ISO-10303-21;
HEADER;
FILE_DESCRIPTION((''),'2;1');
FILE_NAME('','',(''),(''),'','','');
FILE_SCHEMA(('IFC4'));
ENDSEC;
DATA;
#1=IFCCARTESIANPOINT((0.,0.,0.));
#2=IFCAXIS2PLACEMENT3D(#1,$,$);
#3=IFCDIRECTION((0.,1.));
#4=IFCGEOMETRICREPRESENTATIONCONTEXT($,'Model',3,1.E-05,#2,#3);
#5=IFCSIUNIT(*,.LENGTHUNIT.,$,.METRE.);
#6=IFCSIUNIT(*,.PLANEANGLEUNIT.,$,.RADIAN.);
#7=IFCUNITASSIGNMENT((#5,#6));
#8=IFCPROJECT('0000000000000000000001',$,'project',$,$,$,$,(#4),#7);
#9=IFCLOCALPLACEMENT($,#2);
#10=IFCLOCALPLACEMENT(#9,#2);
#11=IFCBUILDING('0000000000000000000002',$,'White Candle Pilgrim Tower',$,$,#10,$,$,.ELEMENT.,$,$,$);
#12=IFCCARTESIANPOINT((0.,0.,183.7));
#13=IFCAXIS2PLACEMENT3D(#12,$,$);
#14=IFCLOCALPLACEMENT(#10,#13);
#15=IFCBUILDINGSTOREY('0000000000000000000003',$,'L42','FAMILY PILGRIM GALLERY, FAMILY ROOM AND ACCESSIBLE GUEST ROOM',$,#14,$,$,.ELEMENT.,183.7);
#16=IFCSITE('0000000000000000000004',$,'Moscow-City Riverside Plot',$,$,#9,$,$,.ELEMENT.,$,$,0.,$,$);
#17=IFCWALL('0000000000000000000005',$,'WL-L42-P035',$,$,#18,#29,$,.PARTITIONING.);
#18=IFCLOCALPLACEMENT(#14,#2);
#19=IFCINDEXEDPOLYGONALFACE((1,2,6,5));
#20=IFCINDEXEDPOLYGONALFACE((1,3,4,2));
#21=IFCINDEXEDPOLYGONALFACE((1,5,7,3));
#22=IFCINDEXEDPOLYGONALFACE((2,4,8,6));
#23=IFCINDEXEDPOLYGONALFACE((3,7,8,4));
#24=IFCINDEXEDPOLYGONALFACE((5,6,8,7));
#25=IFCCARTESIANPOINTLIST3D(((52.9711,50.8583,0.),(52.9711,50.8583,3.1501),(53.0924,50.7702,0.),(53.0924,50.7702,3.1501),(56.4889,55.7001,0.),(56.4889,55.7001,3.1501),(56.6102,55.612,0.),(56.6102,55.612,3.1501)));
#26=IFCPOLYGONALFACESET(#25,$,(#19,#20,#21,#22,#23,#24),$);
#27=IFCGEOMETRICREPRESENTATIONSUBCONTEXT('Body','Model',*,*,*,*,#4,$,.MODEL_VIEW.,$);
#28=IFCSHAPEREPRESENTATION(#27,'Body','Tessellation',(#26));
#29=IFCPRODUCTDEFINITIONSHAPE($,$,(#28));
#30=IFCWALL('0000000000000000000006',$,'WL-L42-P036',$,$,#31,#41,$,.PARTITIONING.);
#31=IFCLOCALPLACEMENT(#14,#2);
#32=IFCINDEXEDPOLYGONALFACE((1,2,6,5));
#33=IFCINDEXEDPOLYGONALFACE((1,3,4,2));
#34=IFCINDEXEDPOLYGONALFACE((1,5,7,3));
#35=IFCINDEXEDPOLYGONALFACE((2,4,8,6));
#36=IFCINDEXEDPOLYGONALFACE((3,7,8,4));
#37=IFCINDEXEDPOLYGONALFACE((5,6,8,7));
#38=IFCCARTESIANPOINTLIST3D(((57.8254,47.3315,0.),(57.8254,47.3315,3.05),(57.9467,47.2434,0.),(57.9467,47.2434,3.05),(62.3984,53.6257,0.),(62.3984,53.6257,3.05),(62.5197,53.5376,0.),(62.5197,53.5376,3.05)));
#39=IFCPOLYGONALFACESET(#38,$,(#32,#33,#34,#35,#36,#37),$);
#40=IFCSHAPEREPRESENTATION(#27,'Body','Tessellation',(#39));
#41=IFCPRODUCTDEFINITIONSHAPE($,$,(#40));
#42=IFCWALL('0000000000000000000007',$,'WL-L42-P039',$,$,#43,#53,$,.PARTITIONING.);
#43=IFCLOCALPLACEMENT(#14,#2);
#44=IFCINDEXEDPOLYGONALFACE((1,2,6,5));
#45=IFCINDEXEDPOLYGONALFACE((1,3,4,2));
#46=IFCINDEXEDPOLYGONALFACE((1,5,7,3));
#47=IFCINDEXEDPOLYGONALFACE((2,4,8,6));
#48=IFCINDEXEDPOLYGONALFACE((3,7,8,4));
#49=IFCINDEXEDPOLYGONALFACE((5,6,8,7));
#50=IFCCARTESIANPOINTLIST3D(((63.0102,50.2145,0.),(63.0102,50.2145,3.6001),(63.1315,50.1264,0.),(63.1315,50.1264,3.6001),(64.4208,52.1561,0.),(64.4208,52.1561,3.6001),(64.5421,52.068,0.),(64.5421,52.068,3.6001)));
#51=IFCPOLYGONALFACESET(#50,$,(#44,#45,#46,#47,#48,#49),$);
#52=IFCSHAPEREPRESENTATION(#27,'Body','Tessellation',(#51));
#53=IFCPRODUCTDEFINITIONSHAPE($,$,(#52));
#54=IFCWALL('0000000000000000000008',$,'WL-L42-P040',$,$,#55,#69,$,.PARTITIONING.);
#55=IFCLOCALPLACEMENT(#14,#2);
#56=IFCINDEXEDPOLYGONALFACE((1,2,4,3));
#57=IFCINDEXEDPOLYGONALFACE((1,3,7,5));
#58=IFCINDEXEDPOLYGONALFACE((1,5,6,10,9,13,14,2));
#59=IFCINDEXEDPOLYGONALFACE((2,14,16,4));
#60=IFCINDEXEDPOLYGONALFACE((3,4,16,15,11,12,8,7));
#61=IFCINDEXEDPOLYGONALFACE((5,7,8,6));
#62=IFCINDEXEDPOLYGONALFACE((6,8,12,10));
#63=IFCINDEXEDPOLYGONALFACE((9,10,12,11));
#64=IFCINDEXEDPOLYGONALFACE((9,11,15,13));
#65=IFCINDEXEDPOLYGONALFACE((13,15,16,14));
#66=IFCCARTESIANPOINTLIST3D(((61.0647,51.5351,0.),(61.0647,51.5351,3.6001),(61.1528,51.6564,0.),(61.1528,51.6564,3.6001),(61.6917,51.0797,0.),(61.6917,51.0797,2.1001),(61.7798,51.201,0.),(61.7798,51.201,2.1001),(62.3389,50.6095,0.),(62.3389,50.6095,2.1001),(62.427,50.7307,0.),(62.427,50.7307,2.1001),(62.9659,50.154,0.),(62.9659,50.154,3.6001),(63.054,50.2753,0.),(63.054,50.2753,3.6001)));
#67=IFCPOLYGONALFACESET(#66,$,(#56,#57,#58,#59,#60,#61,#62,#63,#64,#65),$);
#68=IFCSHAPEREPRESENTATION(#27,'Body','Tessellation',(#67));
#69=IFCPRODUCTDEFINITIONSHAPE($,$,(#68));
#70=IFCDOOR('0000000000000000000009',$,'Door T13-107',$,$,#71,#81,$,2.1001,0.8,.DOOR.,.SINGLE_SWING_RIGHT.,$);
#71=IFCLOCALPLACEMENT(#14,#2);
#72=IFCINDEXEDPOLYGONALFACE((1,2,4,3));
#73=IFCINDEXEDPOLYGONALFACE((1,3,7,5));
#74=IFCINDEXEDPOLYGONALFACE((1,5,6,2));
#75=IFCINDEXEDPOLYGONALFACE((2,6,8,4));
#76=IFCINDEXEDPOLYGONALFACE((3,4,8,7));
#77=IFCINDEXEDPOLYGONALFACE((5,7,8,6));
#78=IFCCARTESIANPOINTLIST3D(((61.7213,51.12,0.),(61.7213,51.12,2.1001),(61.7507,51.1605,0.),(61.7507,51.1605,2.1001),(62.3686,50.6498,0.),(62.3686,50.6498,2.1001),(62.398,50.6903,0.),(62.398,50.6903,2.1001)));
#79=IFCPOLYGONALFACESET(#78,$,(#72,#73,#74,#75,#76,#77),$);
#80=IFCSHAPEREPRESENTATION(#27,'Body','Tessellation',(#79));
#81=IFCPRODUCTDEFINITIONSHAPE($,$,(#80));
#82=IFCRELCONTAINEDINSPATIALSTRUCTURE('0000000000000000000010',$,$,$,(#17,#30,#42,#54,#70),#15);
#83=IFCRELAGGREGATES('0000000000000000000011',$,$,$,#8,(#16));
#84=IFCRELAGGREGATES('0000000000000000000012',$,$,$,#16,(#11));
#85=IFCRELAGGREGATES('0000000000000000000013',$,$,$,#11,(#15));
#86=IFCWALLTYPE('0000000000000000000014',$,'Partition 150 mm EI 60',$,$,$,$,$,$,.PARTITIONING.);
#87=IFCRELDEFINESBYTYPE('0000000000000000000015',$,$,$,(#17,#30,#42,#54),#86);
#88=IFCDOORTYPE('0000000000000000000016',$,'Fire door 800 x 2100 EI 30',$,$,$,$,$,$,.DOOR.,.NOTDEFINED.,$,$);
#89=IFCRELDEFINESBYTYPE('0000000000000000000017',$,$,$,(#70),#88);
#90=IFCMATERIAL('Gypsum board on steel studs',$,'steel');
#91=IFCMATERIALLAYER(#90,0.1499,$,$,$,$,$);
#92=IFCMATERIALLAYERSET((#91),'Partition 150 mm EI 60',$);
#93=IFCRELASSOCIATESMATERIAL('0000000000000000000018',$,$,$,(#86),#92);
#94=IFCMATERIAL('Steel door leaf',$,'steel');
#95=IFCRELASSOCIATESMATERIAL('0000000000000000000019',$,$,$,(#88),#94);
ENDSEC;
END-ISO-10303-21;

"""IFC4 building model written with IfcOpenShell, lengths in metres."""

from ifc_helpers import new_model, si_unit, direction, frame, frame_2d, origin, place, context, subcontext, project, spatial, rectangle, extrude, material, layer, layer_set, type_object, element, fill, save


model = new_model("IFC4")

# Units and contexts
model_context = context("Model", 3, precision=1e-05, world=origin(), true_north=direction((0.0, 1.0)))
body_context = subcontext(model_context, "Body", "Model", "MODEL_VIEW")
ifc_project = project(units=[si_unit("LENGTHUNIT", "METRE"), si_unit("PLANEANGLEUNIT", "RADIAN")], contexts=[model_context])

# Site, building, storey
site_placement = place(None, origin())
site = spatial("IfcSite", under=ifc_project, at=site_placement, Name="Moscow-City Riverside Plot", CompositionType="ELEMENT", RefElevation=0.0)
building_placement = place(site_placement, origin())
building = spatial("IfcBuilding", under=site, at=building_placement, Name="White Candle Pilgrim Tower", CompositionType="ELEMENT")
storey_placement = place(building_placement, frame((0.0, 0.0, 183.7)))
storey = spatial("IfcBuildingStorey", under=building, at=storey_placement, Name="L42", Description="FAMILY PILGRIM GALLERY, FAMILY ROOM AND ACCESSIBLE GUEST ROOM", CompositionType="ELEMENT", Elevation=183.7)

# Walls
ifc_material_1 = material(Name="Gypsum board on steel studs", Category="steel")
ifc_layer_1 = layer(ifc_material_1, 0.1499)
ifc_layer_set_1 = layer_set([ifc_layer_1], Name="Partition 150 mm EI 60")
wall_type_1 = type_object("IfcWallType", Name="Partition 150 mm EI 60", PredefinedType="PARTITIONING", material=ifc_layer_set_1)
wall_1_placement = place(storey_placement, frame((53.0317, 50.8142, 0.0), z_axis=(0.0, 0.0, 1.0), x_axis=(0.587791, 0.809013, 0.0)))
element("IfcWall", 1, at=wall_1_placement, inside=storey, type_object=wall_type_1, Name="WL-L42-P035", PredefinedType="PARTITIONING", context=body_context, shape_type="SweptSolid", body=[
    extrude(rectangle(XDim=5.9849, YDim=0.1499, at=frame_2d((2.9924, 0.0))), origin(), (0.0, 0.0, 1.0), 3.1501),
])
wall_2_placement = place(storey_placement, frame((57.886, 47.2874, 0.0), z_axis=(0.0, 0.0, 1.0), x_axis=(0.587785, 0.809017, 0.0)))
element("IfcWall", 2, at=wall_2_placement, inside=storey, type_object=wall_type_1, Name="WL-L42-P036", PredefinedType="PARTITIONING", context=body_context, shape_type="SweptSolid", body=[
    extrude(rectangle(XDim=7.78, YDim=0.1499, at=frame_2d((3.8901, 0.0))), origin(), (0.0, 0.0, 1.0), 3.05),
])
wall_3_placement = place(storey_placement, frame((64.4814, 52.1121, 0.0), z_axis=(0.0, 0.0, 1.0), x_axis=(-0.587772, -0.809026, 0.0)))
element("IfcWall", 3, at=wall_3_placement, inside=storey, type_object=wall_type_1, Name="WL-L42-P039", PredefinedType="PARTITIONING", context=body_context, shape_type="SweptSolid", body=[
    extrude(rectangle(XDim=2.3999, YDim=0.1499, at=frame_2d((1.2, 0.0))), origin(), (0.0, 0.0, 1.0), 3.6001),
])

# Wall, opening, door
wall_4_placement = place(storey_placement, frame((61.1089, 51.5957, 0.0), z_axis=(0.0, 0.0, 1.0), x_axis=(0.809046, -0.587745, 0.0)))
wall_4 = element("IfcWall", 4, at=wall_4_placement, inside=storey, type_object=wall_type_1, Name="WL-L42-P040", PredefinedType="PARTITIONING", context=body_context, shape_type="SweptSolid", body=[
    extrude(rectangle(XDim=2.3499, YDim=0.1499, at=frame_2d((1.1748, 0.0))), origin(), (0.0, 0.0, 1.0), 3.6001),
])
opening_1_placement = place(wall_4_placement, frame((0.7749, 0.0, 0.0)))
opening_1 = element("IfcOpeningElement", 5, at=opening_1_placement, cuts=wall_4, PredefinedType="OPENING", context=body_context, shape_type="SweptSolid", body=[
    extrude(rectangle(XDim=0.8, YDim=2.1001, at=frame_2d((0.3999, 1.05))), frame((0.0, 0.085, 0.0), z_axis=(0.0, -1.0, 0.0), x_axis=(1.0, 0.0, 0.0)), (0.0, 0.0, 1.0), 0.1699),
])
ifc_material_2 = material(Name="Steel door leaf", Category="steel")
door_type = type_object("IfcDoorType", Name="Fire door 800 x 2100 EI 30", OperationType="NOTDEFINED", PredefinedType="DOOR", material=ifc_material_2)
door_placement = place(opening_1_placement, frame((0.8, 0.0, 0.0), z_axis=(0.0, 0.0, 1.0), x_axis=(-1.0, 0.0, 0.0)))
door = element("IfcDoor", 6, at=door_placement, inside=storey, type_object=door_type, Name="Door T13-107", OperationType="SINGLE_SWING_RIGHT", OverallHeight=2.1001, OverallWidth=0.8, PredefinedType="DOOR", context=body_context, shape_type="SweptSolid", body=[
    extrude(rectangle(XDim=0.8, YDim=2.1001, at=frame_2d((0.3999, 1.05))), frame((0.0, 0.0249, 0.0), z_axis=(0.0, -1.0, 0.0), x_axis=(1.0, 0.0, 0.0)), (0.0, 0.0, 1.0), 0.05),
])
fill(opening_1, door)

save(model, "model.ifc")
